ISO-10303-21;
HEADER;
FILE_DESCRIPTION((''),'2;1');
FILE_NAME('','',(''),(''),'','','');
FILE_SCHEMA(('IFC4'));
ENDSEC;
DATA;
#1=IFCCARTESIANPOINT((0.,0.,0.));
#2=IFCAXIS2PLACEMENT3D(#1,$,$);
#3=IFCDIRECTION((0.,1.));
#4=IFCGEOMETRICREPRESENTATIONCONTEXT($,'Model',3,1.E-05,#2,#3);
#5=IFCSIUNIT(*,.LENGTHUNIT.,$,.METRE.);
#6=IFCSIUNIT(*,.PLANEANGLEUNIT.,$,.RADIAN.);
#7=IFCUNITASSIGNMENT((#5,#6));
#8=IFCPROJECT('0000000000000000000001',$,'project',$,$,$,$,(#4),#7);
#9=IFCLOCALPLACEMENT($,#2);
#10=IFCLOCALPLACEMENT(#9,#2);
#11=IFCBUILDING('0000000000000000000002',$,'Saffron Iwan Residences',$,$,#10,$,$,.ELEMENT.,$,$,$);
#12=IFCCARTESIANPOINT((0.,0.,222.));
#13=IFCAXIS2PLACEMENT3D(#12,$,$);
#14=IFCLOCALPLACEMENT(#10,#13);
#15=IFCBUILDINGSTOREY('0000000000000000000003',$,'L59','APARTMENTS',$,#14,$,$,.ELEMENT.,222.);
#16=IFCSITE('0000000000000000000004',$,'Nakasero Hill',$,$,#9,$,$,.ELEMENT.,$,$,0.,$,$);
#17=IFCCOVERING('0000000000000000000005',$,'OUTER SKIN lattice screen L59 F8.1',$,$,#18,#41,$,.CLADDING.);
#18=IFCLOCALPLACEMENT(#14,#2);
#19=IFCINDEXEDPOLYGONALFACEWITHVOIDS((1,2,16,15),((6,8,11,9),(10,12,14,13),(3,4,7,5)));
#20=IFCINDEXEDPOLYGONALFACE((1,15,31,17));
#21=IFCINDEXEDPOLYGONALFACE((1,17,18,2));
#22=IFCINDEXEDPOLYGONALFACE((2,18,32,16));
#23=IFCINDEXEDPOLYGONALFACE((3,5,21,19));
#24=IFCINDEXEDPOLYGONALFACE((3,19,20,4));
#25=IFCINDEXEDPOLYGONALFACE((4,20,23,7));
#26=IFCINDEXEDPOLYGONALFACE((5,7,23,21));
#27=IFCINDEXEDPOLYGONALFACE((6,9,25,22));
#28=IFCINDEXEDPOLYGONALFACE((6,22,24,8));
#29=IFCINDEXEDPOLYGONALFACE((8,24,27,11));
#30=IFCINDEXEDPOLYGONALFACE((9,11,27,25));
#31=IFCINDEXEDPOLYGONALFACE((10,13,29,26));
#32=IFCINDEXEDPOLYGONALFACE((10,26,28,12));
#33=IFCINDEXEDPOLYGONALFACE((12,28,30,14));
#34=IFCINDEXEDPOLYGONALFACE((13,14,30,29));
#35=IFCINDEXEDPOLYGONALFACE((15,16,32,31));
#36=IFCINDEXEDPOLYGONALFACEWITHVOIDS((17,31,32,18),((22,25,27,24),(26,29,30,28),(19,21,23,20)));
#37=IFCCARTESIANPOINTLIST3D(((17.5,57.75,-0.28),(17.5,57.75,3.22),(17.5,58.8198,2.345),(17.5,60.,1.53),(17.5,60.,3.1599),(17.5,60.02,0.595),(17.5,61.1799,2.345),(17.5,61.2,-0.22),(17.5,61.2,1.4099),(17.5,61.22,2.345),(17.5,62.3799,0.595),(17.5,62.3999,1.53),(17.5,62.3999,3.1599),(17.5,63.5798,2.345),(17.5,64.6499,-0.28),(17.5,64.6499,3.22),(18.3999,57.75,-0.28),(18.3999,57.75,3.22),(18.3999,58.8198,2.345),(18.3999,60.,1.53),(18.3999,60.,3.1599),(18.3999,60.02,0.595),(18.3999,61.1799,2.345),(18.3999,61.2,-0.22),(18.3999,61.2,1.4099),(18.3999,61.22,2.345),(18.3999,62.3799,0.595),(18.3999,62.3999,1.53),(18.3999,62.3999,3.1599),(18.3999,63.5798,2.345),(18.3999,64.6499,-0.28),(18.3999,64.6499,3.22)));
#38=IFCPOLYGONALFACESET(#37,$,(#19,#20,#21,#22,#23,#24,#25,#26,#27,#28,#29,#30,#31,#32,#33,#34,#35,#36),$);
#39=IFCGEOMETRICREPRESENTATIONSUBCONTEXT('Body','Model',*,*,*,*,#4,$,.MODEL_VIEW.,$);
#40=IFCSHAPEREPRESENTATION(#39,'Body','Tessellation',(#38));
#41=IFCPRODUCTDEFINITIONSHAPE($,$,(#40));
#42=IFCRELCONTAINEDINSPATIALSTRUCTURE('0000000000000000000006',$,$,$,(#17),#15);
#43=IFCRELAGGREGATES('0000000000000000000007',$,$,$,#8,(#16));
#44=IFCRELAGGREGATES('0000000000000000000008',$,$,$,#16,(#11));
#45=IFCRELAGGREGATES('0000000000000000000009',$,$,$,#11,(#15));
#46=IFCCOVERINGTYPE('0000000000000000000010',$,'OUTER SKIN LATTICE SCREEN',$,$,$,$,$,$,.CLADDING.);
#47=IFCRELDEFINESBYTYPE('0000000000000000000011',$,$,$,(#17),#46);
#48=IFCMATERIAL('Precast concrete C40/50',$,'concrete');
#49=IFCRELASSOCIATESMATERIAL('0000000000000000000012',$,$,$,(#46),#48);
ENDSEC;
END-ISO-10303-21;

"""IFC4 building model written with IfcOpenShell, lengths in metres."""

from ifc_helpers import new_model, si_unit, direction, frame, origin, place, context, subcontext, project, spatial, polyline, outline, extrude, material, type_object, element, save


model = new_model("IFC4")

# Units and contexts
model_context = context("Model", 3, precision=1e-05, world=origin(), true_north=direction((0.0, 1.0)))
body_context = subcontext(model_context, "Body", "Model", "MODEL_VIEW")
ifc_project = project(units=[si_unit("LENGTHUNIT", "METRE"), si_unit("PLANEANGLEUNIT", "RADIAN")], contexts=[model_context])

# Site, building, storey
site_placement = place(None, origin())
site = spatial("IfcSite", under=ifc_project, at=site_placement, Name="Nakasero Hill", CompositionType="ELEMENT", RefElevation=0.0)
building_placement = place(site_placement, origin())
building = spatial("IfcBuilding", under=site, at=building_placement, Name="Saffron Iwan Residences", CompositionType="ELEMENT")
storey_placement = place(building_placement, frame((0.0, 0.0, 222.0)))
storey = spatial("IfcBuildingStorey", under=building, at=storey_placement, Name="L59", Description="APARTMENTS", CompositionType="ELEMENT", Elevation=222.0)

# Covering
ifc_material_1 = material(Name="Precast concrete C40/50", Category="concrete")
covering_type = type_object("IfcCoveringType", Name="OUTER SKIN LATTICE SCREEN", PredefinedType="CLADDING", material=ifc_material_1)
covering_placement = place(storey_placement, frame((18.3999, 64.6499, -0.28), z_axis=(-1.0, 0.0, 0.0), x_axis=(0.0, -1.0, 0.0)))
element("IfcCovering", 1, at=covering_placement, inside=storey, type_object=covering_type, Name="OUTER SKIN lattice screen L59 F8.1", PredefinedType="CLADDING", context=body_context, shape_type="SweptSolid", body=[
    extrude(outline(polyline([(0.0, 0.0), (6.8999, 0.0), (6.8999, 3.5), (0.0, 3.5), (0.0, 0.0)]), holes=[polyline([(2.27, 0.875), (3.45, 0.0601), (4.6299, 0.875), (3.45, 1.6899), (2.27, 0.875)]), polyline([(1.0701, 2.625), (2.25, 1.8101), (3.4299, 2.625), (2.25, 3.4399), (1.0701, 2.625)]), polyline([(3.47, 2.625), (4.6499, 1.8101), (5.8301, 2.625), (4.6499, 3.4399), (3.47, 2.625)])]), origin(), (0.0, 0.0, 1.0), 0.8999),
])

save(model, "model.ifc")
